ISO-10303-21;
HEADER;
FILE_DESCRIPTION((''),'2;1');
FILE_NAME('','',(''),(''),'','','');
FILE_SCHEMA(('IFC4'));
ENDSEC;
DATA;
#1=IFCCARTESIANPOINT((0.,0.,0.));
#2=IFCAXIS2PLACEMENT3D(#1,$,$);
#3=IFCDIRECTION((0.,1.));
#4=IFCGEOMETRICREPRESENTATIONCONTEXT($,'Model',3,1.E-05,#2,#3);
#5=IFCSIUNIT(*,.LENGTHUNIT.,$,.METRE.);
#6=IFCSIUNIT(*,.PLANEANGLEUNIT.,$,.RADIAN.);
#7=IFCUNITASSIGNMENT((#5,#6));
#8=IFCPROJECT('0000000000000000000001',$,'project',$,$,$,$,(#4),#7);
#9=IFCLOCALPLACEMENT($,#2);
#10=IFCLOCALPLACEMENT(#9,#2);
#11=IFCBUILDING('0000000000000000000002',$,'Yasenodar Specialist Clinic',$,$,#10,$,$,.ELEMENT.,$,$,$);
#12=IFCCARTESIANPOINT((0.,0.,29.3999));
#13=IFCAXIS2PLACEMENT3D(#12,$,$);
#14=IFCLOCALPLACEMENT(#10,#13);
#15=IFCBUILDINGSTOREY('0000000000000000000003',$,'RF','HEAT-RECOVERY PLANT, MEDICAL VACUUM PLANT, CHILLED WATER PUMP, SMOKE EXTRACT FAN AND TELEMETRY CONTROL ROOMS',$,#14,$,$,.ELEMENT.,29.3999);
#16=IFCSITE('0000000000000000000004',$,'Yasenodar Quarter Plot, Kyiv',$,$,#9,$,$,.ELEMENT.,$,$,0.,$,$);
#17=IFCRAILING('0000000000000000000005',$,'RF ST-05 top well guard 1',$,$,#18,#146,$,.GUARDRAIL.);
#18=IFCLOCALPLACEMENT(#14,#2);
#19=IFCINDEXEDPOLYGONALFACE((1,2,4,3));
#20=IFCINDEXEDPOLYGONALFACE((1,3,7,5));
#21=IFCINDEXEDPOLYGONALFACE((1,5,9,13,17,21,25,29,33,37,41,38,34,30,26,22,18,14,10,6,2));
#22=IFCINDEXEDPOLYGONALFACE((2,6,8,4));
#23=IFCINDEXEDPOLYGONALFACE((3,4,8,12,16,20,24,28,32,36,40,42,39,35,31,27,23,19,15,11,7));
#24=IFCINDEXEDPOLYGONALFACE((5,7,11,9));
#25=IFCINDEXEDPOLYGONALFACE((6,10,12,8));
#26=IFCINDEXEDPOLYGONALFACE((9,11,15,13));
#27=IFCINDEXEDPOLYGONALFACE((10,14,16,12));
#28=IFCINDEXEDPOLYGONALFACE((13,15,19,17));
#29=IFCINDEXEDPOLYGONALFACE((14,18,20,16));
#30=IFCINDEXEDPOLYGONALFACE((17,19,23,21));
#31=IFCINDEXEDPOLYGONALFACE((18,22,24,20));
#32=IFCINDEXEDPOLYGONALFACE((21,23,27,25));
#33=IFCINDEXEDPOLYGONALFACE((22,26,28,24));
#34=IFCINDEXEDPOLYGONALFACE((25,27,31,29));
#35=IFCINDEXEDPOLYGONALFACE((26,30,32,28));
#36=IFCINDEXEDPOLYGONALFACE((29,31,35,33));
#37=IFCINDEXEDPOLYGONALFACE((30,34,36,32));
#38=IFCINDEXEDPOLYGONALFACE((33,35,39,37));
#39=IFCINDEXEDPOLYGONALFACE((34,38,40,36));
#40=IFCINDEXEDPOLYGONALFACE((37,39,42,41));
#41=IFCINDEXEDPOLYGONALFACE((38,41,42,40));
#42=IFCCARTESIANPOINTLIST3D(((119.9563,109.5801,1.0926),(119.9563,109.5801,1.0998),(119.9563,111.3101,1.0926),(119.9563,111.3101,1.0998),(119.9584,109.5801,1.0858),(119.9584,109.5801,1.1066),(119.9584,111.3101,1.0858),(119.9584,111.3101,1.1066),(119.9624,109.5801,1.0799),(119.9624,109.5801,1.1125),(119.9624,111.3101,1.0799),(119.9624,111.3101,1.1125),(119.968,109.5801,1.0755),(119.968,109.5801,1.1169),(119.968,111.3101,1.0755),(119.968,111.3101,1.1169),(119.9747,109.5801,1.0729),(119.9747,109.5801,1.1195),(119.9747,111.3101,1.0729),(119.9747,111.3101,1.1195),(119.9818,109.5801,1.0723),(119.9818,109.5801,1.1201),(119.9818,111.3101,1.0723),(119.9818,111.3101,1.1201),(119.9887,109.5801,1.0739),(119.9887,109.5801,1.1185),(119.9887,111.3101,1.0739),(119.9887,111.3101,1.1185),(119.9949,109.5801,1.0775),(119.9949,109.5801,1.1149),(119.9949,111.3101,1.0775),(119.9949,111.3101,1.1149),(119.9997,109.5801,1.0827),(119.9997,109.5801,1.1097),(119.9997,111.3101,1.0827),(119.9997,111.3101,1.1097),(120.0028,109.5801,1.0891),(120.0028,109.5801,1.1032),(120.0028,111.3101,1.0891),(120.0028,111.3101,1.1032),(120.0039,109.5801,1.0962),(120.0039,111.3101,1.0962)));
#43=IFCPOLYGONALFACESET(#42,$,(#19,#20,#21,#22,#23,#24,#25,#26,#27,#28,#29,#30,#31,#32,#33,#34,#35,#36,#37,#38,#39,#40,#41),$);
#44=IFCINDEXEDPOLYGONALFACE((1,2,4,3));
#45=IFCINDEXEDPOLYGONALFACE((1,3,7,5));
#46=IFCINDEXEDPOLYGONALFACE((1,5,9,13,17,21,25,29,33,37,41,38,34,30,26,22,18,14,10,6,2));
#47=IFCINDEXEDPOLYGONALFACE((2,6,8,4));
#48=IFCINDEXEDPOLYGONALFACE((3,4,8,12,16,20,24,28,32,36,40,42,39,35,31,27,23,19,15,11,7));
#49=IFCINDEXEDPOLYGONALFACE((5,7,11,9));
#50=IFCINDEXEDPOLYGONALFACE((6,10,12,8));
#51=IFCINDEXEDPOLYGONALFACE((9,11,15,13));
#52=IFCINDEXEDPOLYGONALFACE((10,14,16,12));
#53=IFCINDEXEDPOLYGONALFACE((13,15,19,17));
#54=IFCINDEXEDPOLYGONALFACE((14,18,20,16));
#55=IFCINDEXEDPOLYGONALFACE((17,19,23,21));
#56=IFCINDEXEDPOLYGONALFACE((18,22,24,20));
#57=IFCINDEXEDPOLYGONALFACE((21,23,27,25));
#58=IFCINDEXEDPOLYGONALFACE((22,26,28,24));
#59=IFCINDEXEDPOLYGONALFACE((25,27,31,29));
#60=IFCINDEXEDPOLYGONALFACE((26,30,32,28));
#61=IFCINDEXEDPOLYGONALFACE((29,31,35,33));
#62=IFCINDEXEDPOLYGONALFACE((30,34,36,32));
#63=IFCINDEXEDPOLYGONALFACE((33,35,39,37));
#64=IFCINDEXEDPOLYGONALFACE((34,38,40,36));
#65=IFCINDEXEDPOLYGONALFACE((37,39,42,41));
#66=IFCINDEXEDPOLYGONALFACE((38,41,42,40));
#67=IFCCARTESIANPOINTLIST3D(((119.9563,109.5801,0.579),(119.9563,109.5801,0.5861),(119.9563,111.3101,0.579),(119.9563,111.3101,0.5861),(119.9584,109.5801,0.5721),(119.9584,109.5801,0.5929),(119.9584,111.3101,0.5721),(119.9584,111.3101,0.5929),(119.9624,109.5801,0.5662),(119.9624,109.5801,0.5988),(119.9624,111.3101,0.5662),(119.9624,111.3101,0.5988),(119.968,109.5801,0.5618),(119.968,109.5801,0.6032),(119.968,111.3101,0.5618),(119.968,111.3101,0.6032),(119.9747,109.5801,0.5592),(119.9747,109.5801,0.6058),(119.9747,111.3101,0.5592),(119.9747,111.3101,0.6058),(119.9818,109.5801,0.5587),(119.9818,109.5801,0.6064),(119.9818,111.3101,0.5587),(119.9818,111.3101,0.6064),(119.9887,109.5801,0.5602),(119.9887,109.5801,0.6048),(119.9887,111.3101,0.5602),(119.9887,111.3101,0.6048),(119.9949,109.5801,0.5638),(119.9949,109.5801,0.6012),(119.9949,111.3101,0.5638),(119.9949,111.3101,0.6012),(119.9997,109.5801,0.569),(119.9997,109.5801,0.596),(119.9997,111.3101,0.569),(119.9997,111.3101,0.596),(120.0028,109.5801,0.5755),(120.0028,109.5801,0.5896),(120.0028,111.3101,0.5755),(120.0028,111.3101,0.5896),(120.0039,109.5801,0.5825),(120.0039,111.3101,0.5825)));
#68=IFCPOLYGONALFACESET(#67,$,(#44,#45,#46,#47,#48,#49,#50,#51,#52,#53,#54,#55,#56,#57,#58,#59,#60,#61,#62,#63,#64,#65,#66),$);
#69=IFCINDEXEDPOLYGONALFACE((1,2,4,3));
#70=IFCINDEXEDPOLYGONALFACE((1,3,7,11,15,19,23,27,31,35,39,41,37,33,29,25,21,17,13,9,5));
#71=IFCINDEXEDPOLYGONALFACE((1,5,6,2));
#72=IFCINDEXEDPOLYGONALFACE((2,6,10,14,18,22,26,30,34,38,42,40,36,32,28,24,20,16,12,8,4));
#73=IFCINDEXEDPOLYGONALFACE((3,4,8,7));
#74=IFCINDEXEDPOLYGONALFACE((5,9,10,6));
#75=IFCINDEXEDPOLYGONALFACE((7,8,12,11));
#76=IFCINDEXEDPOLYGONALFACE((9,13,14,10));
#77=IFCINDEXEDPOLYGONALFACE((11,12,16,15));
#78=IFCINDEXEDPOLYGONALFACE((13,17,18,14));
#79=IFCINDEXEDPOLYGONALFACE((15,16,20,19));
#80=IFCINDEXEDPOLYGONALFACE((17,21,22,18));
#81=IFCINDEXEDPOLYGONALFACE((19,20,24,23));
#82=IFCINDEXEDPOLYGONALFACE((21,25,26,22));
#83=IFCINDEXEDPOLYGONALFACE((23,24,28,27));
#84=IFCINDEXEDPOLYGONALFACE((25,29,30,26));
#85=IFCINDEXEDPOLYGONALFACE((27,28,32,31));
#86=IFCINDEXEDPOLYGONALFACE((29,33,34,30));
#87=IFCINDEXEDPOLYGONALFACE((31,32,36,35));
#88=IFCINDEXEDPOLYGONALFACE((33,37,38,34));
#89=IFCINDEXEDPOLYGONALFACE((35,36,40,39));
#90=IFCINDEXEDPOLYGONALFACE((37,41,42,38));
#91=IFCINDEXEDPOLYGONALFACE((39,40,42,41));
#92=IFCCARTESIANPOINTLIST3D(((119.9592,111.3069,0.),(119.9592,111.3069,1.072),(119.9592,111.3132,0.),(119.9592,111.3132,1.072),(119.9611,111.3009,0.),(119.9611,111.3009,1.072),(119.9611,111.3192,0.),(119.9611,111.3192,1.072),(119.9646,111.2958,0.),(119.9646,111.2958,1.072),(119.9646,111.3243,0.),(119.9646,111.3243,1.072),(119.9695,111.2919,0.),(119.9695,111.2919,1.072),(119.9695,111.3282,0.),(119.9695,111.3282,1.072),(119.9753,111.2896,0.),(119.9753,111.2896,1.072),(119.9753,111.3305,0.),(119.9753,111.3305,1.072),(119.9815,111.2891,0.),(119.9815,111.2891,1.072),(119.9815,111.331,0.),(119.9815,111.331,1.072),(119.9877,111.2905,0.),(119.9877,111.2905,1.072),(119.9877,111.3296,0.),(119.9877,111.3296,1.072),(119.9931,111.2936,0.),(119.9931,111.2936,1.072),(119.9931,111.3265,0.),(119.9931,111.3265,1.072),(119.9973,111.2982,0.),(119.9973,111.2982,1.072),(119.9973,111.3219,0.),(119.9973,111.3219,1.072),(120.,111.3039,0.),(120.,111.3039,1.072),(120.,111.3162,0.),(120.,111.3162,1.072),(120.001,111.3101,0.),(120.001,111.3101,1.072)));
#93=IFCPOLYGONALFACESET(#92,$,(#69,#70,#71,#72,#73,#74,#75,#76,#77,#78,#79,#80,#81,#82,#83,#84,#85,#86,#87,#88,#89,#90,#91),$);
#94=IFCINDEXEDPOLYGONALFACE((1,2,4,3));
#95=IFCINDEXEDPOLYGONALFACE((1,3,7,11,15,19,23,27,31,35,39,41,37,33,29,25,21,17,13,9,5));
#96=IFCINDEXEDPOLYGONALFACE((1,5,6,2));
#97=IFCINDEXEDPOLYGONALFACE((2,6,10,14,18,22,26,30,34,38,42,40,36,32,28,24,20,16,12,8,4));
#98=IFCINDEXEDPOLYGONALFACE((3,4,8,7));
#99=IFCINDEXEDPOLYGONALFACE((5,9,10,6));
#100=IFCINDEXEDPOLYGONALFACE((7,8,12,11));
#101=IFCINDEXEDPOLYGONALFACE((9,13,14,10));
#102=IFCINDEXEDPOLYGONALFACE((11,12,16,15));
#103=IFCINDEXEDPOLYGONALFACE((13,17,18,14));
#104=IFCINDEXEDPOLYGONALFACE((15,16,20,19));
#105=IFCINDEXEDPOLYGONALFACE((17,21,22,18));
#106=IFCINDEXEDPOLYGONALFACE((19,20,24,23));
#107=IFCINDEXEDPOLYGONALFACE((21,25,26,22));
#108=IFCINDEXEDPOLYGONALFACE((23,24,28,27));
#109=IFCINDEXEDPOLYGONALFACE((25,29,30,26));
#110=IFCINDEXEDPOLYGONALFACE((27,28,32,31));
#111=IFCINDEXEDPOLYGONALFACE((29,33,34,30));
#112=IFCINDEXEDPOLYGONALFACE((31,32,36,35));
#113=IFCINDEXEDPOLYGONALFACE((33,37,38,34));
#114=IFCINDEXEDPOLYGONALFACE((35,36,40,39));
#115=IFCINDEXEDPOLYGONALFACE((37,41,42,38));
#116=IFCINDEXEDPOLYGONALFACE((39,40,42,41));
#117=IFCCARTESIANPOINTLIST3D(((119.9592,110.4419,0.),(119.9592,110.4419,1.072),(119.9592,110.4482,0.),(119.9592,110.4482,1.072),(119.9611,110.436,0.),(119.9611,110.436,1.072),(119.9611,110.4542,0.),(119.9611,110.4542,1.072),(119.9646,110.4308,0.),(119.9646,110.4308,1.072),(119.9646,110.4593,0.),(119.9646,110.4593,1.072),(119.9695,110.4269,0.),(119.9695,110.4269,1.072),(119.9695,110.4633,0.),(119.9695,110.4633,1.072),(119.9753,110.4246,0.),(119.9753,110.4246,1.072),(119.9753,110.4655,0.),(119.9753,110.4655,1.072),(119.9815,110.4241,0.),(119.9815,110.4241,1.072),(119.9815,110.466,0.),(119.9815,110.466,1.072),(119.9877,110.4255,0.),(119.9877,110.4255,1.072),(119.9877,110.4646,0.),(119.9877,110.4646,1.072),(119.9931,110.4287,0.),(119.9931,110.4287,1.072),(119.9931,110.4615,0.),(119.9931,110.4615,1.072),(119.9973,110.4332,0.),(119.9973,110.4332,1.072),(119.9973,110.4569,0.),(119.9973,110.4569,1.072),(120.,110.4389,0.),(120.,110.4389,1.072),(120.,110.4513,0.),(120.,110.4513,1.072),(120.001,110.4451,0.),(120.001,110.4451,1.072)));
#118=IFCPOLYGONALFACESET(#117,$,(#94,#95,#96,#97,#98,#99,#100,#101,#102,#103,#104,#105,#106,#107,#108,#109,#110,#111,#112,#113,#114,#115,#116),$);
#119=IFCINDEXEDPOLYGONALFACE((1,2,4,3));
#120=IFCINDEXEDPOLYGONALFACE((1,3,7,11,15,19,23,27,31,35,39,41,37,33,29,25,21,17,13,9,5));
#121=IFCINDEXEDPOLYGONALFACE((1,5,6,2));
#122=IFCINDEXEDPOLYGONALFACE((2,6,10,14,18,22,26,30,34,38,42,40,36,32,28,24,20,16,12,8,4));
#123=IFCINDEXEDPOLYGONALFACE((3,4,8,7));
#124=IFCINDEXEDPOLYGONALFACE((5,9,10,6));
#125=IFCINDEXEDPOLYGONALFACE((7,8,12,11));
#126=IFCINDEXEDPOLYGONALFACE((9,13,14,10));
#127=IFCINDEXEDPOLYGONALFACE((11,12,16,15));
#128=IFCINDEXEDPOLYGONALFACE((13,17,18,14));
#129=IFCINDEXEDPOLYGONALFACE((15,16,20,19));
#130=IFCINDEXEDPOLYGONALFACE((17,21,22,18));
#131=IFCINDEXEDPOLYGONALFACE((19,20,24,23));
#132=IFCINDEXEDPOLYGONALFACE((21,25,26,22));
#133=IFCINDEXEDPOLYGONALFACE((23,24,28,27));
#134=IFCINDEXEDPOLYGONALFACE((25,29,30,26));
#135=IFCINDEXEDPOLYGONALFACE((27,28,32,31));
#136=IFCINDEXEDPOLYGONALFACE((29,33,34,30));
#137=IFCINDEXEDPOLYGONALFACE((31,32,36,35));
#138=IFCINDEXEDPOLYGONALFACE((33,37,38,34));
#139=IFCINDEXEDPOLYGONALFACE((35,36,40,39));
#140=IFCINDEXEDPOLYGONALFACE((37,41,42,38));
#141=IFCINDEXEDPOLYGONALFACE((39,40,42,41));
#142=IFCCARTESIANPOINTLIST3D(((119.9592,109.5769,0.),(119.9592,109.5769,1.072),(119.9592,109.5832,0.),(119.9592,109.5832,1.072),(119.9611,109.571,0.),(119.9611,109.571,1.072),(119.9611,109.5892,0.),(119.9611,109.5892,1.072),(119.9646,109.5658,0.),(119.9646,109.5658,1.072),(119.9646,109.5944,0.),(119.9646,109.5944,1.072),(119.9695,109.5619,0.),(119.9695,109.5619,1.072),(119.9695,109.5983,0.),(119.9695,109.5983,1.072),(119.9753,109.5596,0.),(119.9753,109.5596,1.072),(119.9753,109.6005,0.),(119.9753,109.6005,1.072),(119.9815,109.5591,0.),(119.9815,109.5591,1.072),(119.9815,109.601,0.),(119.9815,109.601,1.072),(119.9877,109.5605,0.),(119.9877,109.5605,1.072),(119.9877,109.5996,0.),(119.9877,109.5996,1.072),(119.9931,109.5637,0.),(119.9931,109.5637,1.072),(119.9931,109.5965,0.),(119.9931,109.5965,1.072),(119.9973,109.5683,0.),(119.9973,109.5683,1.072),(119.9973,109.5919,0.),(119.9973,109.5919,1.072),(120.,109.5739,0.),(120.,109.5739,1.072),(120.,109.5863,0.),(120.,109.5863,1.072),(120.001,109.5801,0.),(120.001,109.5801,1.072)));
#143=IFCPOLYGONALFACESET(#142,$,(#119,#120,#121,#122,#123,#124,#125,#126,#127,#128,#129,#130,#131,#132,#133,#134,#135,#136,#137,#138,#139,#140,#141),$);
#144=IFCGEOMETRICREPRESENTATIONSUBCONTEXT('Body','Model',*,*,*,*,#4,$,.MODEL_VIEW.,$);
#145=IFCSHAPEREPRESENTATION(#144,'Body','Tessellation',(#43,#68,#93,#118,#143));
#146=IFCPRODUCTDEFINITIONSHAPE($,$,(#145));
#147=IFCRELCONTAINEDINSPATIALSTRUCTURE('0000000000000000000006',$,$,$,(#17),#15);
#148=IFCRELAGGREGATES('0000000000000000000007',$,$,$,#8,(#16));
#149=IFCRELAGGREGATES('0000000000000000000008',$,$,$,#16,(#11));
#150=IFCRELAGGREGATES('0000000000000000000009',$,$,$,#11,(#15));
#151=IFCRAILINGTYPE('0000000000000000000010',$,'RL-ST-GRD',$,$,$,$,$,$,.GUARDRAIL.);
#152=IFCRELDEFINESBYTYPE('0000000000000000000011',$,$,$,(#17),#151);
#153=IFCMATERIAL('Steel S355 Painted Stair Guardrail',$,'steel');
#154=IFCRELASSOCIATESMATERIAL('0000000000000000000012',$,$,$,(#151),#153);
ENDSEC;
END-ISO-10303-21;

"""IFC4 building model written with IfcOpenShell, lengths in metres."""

from ifc_helpers import new_model, si_unit, direction, frame, origin, origin_2d, place, context, subcontext, project, spatial, circle, extrude, material, type_object, element, save


model = new_model("IFC4")

# Units and contexts
model_context = context("Model", 3, precision=1e-05, world=origin(), true_north=direction((0.0, 1.0)))
body_context = subcontext(model_context, "Body", "Model", "MODEL_VIEW")
ifc_project = project(units=[si_unit("LENGTHUNIT", "METRE"), si_unit("PLANEANGLEUNIT", "RADIAN")], contexts=[model_context])

# Site, building, storey
site_placement = place(None, origin())
site = spatial("IfcSite", under=ifc_project, at=site_placement, Name="Yasenodar Quarter Plot, Kyiv", CompositionType="ELEMENT", RefElevation=0.0)
building_placement = place(site_placement, origin())
building = spatial("IfcBuilding", under=site, at=building_placement, Name="Yasenodar Specialist Clinic", CompositionType="ELEMENT")
storey_placement = place(building_placement, frame((0.0, 0.0, 29.3999)))
storey = spatial("IfcBuildingStorey", under=building, at=storey_placement, Name="RF", Description="HEAT-RECOVERY PLANT, MEDICAL VACUUM PLANT, CHILLED WATER PUMP, SMOKE EXTRACT FAN AND TELEMETRY CONTROL ROOMS", CompositionType="ELEMENT", Elevation=29.3999)

# Railing
ifc_material_1 = material(Name="Steel S355 Painted Stair Guardrail", Category="steel")
railing_type_1 = type_object("IfcRailingType", Name="RL-ST-GRD", PredefinedType="GUARDRAIL", material=ifc_material_1)
railing_1_placement = place(storey_placement, frame((119.98, 111.3101, 0.0)))
element("IfcRailing", 1, at=railing_1_placement, inside=storey, type_object=railing_type_1, Name="RF ST-05 top well guard 1", PredefinedType="GUARDRAIL", context=body_context, shape_type="SweptSolid", body=[
    extrude(circle(Radius=0.0239, at=origin_2d()), frame((0.0, 0.0, 1.0962), z_axis=(0.0, -1.0, 0.0), x_axis=(1.0, 0.0, 0.0)), (0.0, 0.0, 1.0), 1.73),
    extrude(circle(Radius=0.0239, at=origin_2d()), frame((0.0, 0.0, 0.5825), z_axis=(0.0, -1.0, 0.0), x_axis=(1.0, 0.0, 0.0)), (0.0, 0.0, 1.0), 1.73),
    extrude(circle(Radius=0.021, at=origin_2d()), origin(), (0.0, 0.0, 1.0), 1.072),
    extrude(circle(Radius=0.021, at=origin_2d()), frame((0.0, -0.865, 0.0)), (0.0, 0.0, 1.0), 1.072),
    extrude(circle(Radius=0.021, at=origin_2d()), frame((0.0, -1.73, 0.0)), (0.0, 0.0, 1.0), 1.072),
])

save(model, "model.ifc")
